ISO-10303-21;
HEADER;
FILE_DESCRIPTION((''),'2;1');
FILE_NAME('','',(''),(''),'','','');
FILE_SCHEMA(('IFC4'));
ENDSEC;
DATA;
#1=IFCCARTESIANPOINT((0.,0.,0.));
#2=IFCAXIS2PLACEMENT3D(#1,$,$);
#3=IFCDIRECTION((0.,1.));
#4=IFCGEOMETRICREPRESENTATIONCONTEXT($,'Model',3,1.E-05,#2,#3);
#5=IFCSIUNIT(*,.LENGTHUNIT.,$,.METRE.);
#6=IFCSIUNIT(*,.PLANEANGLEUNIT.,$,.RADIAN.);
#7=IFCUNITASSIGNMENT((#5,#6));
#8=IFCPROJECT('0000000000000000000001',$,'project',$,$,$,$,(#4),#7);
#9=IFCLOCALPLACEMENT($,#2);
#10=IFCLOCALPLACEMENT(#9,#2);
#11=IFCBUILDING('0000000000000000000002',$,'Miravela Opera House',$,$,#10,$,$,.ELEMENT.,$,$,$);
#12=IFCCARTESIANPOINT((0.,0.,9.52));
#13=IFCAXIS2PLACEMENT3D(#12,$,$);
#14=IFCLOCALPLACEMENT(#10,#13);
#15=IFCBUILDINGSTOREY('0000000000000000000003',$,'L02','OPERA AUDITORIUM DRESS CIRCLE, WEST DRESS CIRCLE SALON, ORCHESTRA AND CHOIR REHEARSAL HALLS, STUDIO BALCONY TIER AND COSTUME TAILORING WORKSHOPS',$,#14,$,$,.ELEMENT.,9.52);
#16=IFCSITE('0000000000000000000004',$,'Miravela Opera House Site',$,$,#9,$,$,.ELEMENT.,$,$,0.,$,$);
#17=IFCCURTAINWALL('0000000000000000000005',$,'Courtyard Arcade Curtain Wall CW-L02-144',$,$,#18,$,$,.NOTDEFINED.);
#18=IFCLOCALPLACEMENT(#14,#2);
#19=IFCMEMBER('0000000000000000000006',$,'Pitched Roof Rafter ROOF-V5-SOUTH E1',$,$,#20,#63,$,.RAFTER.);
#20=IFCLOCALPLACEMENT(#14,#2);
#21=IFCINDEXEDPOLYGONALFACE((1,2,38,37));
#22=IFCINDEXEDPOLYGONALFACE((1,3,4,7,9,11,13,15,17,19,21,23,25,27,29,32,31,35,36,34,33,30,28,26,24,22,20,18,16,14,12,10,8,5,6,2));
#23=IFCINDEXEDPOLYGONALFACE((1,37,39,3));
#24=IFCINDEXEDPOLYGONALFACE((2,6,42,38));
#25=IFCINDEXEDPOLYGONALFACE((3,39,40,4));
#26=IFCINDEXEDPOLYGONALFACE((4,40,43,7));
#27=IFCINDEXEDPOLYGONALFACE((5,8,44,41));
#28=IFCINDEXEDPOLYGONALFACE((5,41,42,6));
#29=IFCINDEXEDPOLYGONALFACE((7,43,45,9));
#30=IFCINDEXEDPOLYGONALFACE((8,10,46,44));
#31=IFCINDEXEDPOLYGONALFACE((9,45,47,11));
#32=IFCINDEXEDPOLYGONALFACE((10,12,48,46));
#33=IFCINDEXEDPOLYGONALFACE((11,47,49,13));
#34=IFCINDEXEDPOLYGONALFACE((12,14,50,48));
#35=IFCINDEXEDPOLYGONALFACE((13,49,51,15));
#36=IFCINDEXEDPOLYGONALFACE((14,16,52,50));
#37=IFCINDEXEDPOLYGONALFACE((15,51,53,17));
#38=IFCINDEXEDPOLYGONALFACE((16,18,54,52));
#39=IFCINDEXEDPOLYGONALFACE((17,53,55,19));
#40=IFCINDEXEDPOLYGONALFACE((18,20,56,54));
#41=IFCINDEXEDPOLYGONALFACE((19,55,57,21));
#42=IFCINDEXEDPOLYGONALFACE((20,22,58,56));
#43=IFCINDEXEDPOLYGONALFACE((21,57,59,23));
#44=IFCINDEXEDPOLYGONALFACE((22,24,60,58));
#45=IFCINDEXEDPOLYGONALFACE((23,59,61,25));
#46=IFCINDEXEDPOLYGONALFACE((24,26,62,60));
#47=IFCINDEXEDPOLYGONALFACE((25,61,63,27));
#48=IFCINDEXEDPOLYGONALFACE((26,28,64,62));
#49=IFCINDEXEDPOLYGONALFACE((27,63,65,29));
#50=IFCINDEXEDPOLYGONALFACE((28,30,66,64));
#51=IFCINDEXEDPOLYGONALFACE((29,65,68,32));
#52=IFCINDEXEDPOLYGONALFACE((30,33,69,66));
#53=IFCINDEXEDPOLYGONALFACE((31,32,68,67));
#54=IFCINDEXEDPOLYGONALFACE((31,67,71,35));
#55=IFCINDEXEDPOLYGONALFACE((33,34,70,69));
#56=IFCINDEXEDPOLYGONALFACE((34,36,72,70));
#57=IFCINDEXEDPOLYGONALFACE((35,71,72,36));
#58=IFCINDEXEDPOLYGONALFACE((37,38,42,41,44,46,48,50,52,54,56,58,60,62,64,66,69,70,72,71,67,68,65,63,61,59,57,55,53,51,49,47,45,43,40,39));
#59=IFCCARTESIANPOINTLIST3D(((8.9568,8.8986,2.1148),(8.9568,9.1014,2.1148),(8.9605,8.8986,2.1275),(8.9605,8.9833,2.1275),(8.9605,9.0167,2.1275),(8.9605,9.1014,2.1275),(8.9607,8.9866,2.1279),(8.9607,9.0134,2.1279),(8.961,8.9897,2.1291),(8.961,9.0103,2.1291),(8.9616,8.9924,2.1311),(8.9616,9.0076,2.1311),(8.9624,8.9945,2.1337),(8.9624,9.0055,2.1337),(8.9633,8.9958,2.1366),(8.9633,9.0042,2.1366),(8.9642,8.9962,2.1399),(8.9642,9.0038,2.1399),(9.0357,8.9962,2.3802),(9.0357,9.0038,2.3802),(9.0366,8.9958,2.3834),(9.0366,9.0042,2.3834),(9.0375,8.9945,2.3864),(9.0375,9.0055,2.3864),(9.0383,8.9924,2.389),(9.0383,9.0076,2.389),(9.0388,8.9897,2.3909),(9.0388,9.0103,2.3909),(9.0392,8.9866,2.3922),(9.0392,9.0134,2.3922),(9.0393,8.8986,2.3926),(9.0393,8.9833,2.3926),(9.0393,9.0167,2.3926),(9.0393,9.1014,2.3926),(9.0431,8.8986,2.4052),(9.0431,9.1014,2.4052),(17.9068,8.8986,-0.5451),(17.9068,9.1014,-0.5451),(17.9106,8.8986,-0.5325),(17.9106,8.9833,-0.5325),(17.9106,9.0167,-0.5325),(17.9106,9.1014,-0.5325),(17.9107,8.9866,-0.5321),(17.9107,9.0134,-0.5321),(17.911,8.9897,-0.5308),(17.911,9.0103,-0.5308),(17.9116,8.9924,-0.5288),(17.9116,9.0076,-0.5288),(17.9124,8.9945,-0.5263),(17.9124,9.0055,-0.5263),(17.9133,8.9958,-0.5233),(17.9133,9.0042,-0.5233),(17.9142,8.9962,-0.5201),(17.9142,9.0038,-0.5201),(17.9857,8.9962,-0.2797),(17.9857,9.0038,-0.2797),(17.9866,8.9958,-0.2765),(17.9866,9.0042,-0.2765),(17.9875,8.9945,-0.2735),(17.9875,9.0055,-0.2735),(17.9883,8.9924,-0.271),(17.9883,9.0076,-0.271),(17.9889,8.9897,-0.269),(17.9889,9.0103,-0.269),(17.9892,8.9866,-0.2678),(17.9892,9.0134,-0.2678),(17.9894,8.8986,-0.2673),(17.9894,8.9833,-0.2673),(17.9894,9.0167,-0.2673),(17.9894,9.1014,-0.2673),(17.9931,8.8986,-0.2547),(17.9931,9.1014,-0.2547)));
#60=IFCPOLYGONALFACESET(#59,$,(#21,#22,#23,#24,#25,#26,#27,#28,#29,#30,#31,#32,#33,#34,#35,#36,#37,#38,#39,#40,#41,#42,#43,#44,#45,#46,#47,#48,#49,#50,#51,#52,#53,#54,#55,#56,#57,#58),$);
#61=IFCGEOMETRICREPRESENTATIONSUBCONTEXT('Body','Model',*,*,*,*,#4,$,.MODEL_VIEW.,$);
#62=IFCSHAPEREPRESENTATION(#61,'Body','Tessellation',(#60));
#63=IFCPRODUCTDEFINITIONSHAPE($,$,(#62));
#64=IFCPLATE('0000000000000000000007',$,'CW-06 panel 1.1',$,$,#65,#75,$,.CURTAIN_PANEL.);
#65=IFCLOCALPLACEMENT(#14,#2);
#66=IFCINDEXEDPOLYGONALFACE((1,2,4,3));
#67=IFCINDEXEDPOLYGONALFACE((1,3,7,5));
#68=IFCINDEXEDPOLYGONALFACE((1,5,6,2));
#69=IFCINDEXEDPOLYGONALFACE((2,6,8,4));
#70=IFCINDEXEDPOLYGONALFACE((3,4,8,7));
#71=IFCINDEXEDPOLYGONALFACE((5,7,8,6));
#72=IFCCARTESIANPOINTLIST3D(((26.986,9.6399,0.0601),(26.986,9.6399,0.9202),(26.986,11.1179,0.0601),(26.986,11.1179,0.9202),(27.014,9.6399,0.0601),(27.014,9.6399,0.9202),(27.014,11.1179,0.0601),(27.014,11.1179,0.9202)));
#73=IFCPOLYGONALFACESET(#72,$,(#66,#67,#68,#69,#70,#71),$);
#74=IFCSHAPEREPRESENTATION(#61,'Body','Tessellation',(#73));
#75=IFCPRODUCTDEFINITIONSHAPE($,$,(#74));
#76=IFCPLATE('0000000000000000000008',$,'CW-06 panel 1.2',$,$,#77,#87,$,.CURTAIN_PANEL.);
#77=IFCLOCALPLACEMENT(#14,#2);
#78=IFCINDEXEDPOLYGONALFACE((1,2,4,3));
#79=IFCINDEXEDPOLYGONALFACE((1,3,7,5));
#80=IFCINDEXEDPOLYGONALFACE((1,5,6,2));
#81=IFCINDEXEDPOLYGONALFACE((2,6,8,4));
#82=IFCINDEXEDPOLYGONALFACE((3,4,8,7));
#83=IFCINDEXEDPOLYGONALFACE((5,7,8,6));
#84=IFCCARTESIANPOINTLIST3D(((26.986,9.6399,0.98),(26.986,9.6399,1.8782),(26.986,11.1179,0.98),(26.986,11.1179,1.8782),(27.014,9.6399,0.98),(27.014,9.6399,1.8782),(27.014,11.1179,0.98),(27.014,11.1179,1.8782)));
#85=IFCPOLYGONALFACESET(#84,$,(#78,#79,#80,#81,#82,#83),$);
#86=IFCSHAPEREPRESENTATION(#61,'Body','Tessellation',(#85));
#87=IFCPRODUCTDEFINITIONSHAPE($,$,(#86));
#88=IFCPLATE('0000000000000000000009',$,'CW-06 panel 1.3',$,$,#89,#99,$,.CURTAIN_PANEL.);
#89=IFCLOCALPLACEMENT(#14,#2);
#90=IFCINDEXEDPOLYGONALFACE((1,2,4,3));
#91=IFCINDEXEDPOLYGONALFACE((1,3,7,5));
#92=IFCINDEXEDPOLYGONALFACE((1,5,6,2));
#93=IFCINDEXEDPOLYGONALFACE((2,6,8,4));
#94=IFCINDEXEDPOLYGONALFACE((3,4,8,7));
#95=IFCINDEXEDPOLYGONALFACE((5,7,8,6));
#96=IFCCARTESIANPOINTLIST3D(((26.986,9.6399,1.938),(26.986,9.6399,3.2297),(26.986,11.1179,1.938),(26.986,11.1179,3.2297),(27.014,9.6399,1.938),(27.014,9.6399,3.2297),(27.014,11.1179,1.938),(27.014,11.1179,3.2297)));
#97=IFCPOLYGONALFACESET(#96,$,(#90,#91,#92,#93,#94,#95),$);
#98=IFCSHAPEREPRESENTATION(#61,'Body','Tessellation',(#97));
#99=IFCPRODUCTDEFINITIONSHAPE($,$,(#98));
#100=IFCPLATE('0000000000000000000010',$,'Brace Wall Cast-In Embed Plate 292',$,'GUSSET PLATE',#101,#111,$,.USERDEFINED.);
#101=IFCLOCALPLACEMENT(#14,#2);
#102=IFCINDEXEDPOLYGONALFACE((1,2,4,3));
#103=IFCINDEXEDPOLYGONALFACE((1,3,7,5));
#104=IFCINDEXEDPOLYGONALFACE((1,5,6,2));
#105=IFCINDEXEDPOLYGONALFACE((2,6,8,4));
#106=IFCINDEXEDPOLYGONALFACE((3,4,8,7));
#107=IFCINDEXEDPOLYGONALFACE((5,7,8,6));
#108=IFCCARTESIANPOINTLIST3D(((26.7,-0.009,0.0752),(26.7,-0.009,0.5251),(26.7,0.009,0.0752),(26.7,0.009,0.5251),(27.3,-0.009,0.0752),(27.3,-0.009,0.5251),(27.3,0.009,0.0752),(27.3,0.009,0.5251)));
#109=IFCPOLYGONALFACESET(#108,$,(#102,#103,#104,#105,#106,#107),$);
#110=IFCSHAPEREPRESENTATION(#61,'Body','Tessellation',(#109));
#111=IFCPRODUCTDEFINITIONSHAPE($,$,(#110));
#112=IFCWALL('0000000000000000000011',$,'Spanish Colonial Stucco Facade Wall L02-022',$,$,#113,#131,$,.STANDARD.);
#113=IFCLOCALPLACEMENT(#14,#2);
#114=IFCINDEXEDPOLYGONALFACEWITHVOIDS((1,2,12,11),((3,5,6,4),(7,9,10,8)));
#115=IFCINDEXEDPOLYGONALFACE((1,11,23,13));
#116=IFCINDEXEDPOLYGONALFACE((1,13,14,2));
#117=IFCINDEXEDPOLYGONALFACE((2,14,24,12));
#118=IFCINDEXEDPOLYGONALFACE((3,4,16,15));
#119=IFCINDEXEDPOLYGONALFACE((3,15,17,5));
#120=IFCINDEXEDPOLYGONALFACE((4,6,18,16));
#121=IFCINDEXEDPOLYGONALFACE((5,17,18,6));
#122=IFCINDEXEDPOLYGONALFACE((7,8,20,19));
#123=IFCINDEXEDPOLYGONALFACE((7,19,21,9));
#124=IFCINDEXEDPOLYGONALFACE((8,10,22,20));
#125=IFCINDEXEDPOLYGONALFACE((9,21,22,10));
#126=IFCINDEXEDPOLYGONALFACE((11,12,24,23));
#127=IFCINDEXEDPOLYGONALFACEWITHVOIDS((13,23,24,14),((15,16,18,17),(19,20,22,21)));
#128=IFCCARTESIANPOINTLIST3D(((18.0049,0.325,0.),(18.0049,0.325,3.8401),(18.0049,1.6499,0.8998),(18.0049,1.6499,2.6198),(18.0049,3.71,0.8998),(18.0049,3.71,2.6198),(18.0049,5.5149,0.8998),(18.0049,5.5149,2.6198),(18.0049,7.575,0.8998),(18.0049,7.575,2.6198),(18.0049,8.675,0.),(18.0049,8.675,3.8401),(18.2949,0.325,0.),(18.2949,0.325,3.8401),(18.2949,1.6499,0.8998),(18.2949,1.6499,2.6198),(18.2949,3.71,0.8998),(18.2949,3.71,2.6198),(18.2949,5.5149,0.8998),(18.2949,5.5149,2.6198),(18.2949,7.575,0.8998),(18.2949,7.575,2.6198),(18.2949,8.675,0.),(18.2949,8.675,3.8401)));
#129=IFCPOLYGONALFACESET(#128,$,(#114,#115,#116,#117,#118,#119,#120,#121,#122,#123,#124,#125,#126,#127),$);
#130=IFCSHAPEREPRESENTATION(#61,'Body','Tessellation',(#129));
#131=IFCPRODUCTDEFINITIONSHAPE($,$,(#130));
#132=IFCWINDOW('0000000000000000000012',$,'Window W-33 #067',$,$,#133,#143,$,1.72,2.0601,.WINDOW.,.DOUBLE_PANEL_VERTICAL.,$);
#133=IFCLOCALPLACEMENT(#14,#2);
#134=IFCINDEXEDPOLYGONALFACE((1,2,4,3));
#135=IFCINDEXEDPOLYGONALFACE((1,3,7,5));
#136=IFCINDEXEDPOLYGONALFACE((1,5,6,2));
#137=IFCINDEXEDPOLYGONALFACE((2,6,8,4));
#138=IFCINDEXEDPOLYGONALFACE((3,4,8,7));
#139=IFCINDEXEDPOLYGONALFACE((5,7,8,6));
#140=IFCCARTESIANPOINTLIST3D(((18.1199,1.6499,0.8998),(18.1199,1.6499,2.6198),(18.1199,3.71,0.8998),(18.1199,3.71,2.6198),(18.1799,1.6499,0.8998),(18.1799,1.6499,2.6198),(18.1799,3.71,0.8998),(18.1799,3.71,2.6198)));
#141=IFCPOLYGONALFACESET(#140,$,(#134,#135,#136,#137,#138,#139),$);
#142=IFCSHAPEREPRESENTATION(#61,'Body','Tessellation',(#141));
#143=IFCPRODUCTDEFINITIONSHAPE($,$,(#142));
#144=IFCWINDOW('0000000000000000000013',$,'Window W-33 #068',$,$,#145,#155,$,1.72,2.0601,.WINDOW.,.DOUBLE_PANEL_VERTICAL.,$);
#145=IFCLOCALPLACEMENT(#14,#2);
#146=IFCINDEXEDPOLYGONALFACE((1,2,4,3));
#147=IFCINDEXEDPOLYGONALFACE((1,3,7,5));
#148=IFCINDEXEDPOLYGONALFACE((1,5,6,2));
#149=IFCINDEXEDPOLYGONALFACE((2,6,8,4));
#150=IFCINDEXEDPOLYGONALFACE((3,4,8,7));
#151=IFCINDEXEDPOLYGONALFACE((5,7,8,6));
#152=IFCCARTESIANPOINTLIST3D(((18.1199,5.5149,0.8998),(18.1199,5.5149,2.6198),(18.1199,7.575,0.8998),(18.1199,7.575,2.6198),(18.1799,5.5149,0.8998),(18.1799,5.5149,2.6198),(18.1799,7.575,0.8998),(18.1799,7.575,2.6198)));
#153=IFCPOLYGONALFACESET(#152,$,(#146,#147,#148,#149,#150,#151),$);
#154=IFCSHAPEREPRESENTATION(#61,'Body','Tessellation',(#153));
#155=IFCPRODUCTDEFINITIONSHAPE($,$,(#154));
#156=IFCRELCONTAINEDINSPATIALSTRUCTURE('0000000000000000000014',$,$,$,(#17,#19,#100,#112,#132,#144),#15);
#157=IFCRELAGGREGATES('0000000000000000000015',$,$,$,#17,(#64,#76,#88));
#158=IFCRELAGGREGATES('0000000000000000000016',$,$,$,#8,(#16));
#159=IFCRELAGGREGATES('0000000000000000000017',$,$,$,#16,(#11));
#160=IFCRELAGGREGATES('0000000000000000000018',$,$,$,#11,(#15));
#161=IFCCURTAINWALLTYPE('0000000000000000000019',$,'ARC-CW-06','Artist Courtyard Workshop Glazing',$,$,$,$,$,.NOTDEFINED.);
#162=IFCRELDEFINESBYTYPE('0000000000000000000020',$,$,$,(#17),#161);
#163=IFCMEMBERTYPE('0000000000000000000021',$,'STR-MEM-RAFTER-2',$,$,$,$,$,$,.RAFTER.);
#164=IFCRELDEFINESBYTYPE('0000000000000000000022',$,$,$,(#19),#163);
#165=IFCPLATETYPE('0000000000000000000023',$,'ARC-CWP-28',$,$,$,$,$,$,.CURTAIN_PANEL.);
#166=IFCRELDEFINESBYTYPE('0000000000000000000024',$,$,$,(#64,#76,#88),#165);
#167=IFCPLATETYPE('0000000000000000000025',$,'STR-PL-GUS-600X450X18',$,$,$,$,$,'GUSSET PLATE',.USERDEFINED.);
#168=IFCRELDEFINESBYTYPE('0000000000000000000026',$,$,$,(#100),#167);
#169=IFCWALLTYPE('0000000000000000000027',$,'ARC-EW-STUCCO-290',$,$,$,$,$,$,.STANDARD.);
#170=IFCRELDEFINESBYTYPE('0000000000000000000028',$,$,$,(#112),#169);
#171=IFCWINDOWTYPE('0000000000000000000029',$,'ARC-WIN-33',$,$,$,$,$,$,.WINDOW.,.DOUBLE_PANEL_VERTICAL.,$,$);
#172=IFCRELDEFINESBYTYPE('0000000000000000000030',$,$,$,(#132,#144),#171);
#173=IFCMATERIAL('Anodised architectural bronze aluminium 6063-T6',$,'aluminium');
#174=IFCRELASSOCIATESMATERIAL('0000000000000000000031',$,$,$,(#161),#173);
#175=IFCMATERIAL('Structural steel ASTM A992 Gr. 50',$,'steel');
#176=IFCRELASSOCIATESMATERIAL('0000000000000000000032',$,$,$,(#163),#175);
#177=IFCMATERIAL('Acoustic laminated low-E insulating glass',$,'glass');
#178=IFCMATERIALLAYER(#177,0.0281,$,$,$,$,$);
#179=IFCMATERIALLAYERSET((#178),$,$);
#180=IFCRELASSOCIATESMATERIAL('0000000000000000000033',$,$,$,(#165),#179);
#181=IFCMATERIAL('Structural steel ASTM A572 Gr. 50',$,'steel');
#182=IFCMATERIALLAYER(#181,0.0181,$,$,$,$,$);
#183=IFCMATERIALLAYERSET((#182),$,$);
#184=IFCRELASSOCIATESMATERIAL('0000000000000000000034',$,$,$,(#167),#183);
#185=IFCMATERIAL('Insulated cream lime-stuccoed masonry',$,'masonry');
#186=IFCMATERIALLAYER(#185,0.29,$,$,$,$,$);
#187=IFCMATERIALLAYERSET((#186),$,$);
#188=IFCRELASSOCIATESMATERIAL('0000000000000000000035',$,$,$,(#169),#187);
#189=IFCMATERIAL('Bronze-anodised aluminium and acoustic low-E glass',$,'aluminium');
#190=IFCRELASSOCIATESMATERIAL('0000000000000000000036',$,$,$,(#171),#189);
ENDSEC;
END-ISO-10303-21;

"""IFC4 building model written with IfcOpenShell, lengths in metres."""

from ifc_helpers import new_model, si_unit, direction, frame, frame_2d, origin, origin_2d, place, context, subcontext, project, spatial, rectangle, i_section, extrude, material, layer, layer_set, material_profile, profile_set, type_object, element, fill, aggregate, save


model = new_model("IFC4")

# Units and contexts
model_context = context("Model", 3, precision=1e-05, world=origin(), true_north=direction((0.0, 1.0)))
body_context = subcontext(model_context, "Body", "Model", "MODEL_VIEW")
ifc_project = project(units=[si_unit("LENGTHUNIT", "METRE"), si_unit("PLANEANGLEUNIT", "RADIAN")], contexts=[model_context])

# Site, building, storey
site_placement = place(None, origin())
site = spatial("IfcSite", under=ifc_project, at=site_placement, Name="Miravela Opera House Site", CompositionType="ELEMENT", RefElevation=0.0)
building_placement = place(site_placement, origin())
building = spatial("IfcBuilding", under=site, at=building_placement, Name="Miravela Opera House", CompositionType="ELEMENT")
storey_placement = place(building_placement, frame((0.0, 0.0, 9.52)))
storey = spatial("IfcBuildingStorey", under=building, at=storey_placement, Name="L02", Description="OPERA AUDITORIUM DRESS CIRCLE, WEST DRESS CIRCLE SALON, ORCHESTRA AND CHOIR REHEARSAL HALLS, STUDIO BALCONY TIER AND COSTUME TAILORING WORKSHOPS", CompositionType="ELEMENT", Elevation=9.52)

# Curtain wall
ifc_material_1 = material(Name="Anodised architectural bronze aluminium 6063-T6", Category="aluminium")
curtain_wall_type = type_object("IfcCurtainWallType", Name="ARC-CW-06", Description="Artist Courtyard Workshop Glazing", PredefinedType="NOTDEFINED", material=ifc_material_1)
curtain_wall_placement = place(storey_placement, origin())
curtain_wall = element("IfcCurtainWall", 1, at=curtain_wall_placement, inside=storey, type_object=curtain_wall_type, Name="Courtyard Arcade Curtain Wall CW-L02-144", PredefinedType="NOTDEFINED")

# Member
ifc_material_2 = material(Name="Structural steel ASTM A992 Gr. 50", Category="steel")
ifc_material_profile_1 = material_profile(ifc_material_2, i_section(OverallWidth=0.2029, OverallDepth=0.303, WebThickness=0.0076, FlangeThickness=0.0132, FilletRadius=0.0129, at=origin_2d()), Name="W310X60")
ifc_profile_set_1 = profile_set([ifc_material_profile_1])
member_type_1 = type_object("IfcMemberType", Name="STR-MEM-RAFTER-2", PredefinedType="RAFTER", material=ifc_profile_set_1)
member_1_placement = place(storey_placement, frame((17.95, 9.0, -0.3999), z_axis=(-0.958562, 0.0, 0.284883), x_axis=(0.0, -1.0, 0.0)))
element("IfcMember", 2, at=member_1_placement, inside=storey, type_object=member_type_1, Name="Pitched Roof Rafter ROOF-V5-SOUTH E1", PredefinedType="RAFTER", context=body_context, shape_type="SweptSolid", body=[
    extrude(i_section(OverallWidth=0.2029, OverallDepth=0.303, WebThickness=0.0076, FlangeThickness=0.0132, FilletRadius=0.0129, at=origin_2d()), origin(), (0.0, 0.0, 1.0), 9.3369),
])

# Plates
ifc_material_3 = material(Name="Acoustic laminated low-E insulating glass", Category="glass")
ifc_layer_1 = layer(ifc_material_3, 0.0281)
ifc_layer_set_1 = layer_set([ifc_layer_1])
plate_type_1 = type_object("IfcPlateType", Name="ARC-CWP-28", PredefinedType="CURTAIN_PANEL", material=ifc_layer_set_1)
plate_1_placement = place(storey_placement, frame((27.0, 10.3789, 0.0601), z_axis=(0.0, 0.0, 1.0), x_axis=(0.0, 1.0, 0.0)))
plate_1 = element("IfcPlate", 3, at=plate_1_placement, type_object=plate_type_1, Name="CW-06 panel 1.1", PredefinedType="CURTAIN_PANEL", context=body_context, shape_type="SweptSolid", body=[
    extrude(rectangle(XDim=1.478, YDim=0.0281, at=origin_2d()), origin(), (0.0, 0.0, 1.0), 0.8601),
])
plate_2_placement = place(storey_placement, frame((27.0, 10.3789, 0.98), z_axis=(0.0, 0.0, 1.0), x_axis=(0.0, 1.0, 0.0)))
plate_2 = element("IfcPlate", 4, at=plate_2_placement, type_object=plate_type_1, Name="CW-06 panel 1.2", PredefinedType="CURTAIN_PANEL", context=body_context, shape_type="SweptSolid", body=[
    extrude(rectangle(XDim=1.478, YDim=0.0281, at=origin_2d()), origin(), (0.0, 0.0, 1.0), 0.8982),
])
plate_3_placement = place(storey_placement, frame((27.0, 10.3789, 1.938), z_axis=(0.0, 0.0, 1.0), x_axis=(0.0, 1.0, 0.0)))
plate_3 = element("IfcPlate", 5, at=plate_3_placement, type_object=plate_type_1, Name="CW-06 panel 1.3", PredefinedType="CURTAIN_PANEL", context=body_context, shape_type="SweptSolid", body=[
    extrude(rectangle(XDim=1.478, YDim=0.0281, at=origin_2d()), origin(), (0.0, 0.0, 1.0), 1.2917),
])
aggregate(curtain_wall, [plate_1, plate_2, plate_3])
ifc_material_4 = material(Name="Structural steel ASTM A572 Gr. 50", Category="steel")
ifc_layer_2 = layer(ifc_material_4, 0.0181)
ifc_layer_set_2 = layer_set([ifc_layer_2])
plate_type_2 = type_object("IfcPlateType", Name="STR-PL-GUS-600X450X18", ElementType="GUSSET PLATE", PredefinedType="USERDEFINED", material=ifc_layer_set_2)
plate_4_placement = place(storey_placement, frame((27.0, 0.0, 0.0752), z_axis=(0.0, 0.0, 1.0), x_axis=(1.0, 0.0, 0.0)))
element("IfcPlate", 6, at=plate_4_placement, inside=storey, type_object=plate_type_2, Name="Brace Wall Cast-In Embed Plate 292", ObjectType="GUSSET PLATE", PredefinedType="USERDEFINED", context=body_context, shape_type="SweptSolid", body=[
    extrude(rectangle(XDim=0.6001, YDim=0.0181, at=origin_2d()), origin(), (0.0, 0.0, 1.0), 0.45),
])

# Wall, openings, windows
ifc_material_5 = material(Name="Insulated cream lime-stuccoed masonry", Category="masonry")
ifc_layer_3 = layer(ifc_material_5, 0.29)
ifc_layer_set_3 = layer_set([ifc_layer_3])
wall_type_1 = type_object("IfcWallType", Name="ARC-EW-STUCCO-290", PredefinedType="STANDARD", material=ifc_layer_set_3)
wall_1_placement = place(storey_placement, frame((18.1499, 0.325, 0.0), z_axis=(0.0, 0.0, 1.0), x_axis=(0.0, 1.0, 0.0)))
wall_1 = element("IfcWall", 7, at=wall_1_placement, inside=storey, type_object=wall_type_1, Name="Spanish Colonial Stucco Facade Wall L02-022", PredefinedType="STANDARD", context=body_context, shape_type="SweptSolid", body=[
    extrude(rectangle(XDim=8.3501, YDim=0.29, at=frame_2d((4.175, 0.0))), origin(), (0.0, 0.0, 1.0), 3.8401),
])
opening_1_placement = place(wall_1_placement, frame((1.325, 0.0, 0.8999)))
opening_1 = element("IfcOpeningElement", 8, at=opening_1_placement, cuts=wall_1, PredefinedType="OPENING", context=body_context, shape_type="SweptSolid", body=[
    extrude(rectangle(XDim=2.0601, YDim=1.72, at=frame_2d((1.03, 0.8599))), frame((0.0, 0.155, 0.0), z_axis=(0.0, -1.0, 0.0), x_axis=(1.0, 0.0, 0.0)), (0.0, 0.0, 1.0), 0.3101),
])
opening_2_placement = place(wall_1_placement, frame((5.1899, 0.0, 0.8999)))
opening_2 = element("IfcOpeningElement", 9, at=opening_2_placement, cuts=wall_1, PredefinedType="OPENING", context=body_context, shape_type="SweptSolid", body=[
    extrude(rectangle(XDim=2.0601, YDim=1.72, at=frame_2d((1.03, 0.8599))), frame((0.0, 0.155, 0.0), z_axis=(0.0, -1.0, 0.0), x_axis=(1.0, 0.0, 0.0)), (0.0, 0.0, 1.0), 0.3101),
])
ifc_material_6 = material(Name="Bronze-anodised aluminium and acoustic low-E glass", Category="aluminium")
window_type_1 = type_object("IfcWindowType", Name="ARC-WIN-33", PartitioningType="DOUBLE_PANEL_VERTICAL", PredefinedType="WINDOW", material=ifc_material_6)
window_1_placement = place(opening_1_placement, origin())
window_1 = element("IfcWindow", 10, at=window_1_placement, inside=storey, type_object=window_type_1, Name="Window W-33 #067", OverallHeight=1.72, OverallWidth=2.0601, PartitioningType="DOUBLE_PANEL_VERTICAL", PredefinedType="WINDOW", context=body_context, shape_type="SweptSolid", body=[
    extrude(rectangle(XDim=2.0601, YDim=1.72, at=frame_2d((1.03, 0.8599))), frame((0.0, 0.03, 0.0), z_axis=(0.0, -1.0, 0.0), x_axis=(1.0, 0.0, 0.0)), (0.0, 0.0, 1.0), 0.0601),
])
fill(opening_1, window_1)
window_2_placement = place(opening_2_placement, origin())
window_2 = element("IfcWindow", 11, at=window_2_placement, inside=storey, type_object=window_type_1, Name="Window W-33 #068", OverallHeight=1.72, OverallWidth=2.0601, PartitioningType="DOUBLE_PANEL_VERTICAL", PredefinedType="WINDOW", context=body_context, shape_type="SweptSolid", body=[
    extrude(rectangle(XDim=2.0601, YDim=1.72, at=frame_2d((1.03, 0.8599))), frame((0.0, 0.03, 0.0), z_axis=(0.0, -1.0, 0.0), x_axis=(1.0, 0.0, 0.0)), (0.0, 0.0, 1.0), 0.0601),
])
fill(opening_2, window_2)

save(model, "model.ifc")
